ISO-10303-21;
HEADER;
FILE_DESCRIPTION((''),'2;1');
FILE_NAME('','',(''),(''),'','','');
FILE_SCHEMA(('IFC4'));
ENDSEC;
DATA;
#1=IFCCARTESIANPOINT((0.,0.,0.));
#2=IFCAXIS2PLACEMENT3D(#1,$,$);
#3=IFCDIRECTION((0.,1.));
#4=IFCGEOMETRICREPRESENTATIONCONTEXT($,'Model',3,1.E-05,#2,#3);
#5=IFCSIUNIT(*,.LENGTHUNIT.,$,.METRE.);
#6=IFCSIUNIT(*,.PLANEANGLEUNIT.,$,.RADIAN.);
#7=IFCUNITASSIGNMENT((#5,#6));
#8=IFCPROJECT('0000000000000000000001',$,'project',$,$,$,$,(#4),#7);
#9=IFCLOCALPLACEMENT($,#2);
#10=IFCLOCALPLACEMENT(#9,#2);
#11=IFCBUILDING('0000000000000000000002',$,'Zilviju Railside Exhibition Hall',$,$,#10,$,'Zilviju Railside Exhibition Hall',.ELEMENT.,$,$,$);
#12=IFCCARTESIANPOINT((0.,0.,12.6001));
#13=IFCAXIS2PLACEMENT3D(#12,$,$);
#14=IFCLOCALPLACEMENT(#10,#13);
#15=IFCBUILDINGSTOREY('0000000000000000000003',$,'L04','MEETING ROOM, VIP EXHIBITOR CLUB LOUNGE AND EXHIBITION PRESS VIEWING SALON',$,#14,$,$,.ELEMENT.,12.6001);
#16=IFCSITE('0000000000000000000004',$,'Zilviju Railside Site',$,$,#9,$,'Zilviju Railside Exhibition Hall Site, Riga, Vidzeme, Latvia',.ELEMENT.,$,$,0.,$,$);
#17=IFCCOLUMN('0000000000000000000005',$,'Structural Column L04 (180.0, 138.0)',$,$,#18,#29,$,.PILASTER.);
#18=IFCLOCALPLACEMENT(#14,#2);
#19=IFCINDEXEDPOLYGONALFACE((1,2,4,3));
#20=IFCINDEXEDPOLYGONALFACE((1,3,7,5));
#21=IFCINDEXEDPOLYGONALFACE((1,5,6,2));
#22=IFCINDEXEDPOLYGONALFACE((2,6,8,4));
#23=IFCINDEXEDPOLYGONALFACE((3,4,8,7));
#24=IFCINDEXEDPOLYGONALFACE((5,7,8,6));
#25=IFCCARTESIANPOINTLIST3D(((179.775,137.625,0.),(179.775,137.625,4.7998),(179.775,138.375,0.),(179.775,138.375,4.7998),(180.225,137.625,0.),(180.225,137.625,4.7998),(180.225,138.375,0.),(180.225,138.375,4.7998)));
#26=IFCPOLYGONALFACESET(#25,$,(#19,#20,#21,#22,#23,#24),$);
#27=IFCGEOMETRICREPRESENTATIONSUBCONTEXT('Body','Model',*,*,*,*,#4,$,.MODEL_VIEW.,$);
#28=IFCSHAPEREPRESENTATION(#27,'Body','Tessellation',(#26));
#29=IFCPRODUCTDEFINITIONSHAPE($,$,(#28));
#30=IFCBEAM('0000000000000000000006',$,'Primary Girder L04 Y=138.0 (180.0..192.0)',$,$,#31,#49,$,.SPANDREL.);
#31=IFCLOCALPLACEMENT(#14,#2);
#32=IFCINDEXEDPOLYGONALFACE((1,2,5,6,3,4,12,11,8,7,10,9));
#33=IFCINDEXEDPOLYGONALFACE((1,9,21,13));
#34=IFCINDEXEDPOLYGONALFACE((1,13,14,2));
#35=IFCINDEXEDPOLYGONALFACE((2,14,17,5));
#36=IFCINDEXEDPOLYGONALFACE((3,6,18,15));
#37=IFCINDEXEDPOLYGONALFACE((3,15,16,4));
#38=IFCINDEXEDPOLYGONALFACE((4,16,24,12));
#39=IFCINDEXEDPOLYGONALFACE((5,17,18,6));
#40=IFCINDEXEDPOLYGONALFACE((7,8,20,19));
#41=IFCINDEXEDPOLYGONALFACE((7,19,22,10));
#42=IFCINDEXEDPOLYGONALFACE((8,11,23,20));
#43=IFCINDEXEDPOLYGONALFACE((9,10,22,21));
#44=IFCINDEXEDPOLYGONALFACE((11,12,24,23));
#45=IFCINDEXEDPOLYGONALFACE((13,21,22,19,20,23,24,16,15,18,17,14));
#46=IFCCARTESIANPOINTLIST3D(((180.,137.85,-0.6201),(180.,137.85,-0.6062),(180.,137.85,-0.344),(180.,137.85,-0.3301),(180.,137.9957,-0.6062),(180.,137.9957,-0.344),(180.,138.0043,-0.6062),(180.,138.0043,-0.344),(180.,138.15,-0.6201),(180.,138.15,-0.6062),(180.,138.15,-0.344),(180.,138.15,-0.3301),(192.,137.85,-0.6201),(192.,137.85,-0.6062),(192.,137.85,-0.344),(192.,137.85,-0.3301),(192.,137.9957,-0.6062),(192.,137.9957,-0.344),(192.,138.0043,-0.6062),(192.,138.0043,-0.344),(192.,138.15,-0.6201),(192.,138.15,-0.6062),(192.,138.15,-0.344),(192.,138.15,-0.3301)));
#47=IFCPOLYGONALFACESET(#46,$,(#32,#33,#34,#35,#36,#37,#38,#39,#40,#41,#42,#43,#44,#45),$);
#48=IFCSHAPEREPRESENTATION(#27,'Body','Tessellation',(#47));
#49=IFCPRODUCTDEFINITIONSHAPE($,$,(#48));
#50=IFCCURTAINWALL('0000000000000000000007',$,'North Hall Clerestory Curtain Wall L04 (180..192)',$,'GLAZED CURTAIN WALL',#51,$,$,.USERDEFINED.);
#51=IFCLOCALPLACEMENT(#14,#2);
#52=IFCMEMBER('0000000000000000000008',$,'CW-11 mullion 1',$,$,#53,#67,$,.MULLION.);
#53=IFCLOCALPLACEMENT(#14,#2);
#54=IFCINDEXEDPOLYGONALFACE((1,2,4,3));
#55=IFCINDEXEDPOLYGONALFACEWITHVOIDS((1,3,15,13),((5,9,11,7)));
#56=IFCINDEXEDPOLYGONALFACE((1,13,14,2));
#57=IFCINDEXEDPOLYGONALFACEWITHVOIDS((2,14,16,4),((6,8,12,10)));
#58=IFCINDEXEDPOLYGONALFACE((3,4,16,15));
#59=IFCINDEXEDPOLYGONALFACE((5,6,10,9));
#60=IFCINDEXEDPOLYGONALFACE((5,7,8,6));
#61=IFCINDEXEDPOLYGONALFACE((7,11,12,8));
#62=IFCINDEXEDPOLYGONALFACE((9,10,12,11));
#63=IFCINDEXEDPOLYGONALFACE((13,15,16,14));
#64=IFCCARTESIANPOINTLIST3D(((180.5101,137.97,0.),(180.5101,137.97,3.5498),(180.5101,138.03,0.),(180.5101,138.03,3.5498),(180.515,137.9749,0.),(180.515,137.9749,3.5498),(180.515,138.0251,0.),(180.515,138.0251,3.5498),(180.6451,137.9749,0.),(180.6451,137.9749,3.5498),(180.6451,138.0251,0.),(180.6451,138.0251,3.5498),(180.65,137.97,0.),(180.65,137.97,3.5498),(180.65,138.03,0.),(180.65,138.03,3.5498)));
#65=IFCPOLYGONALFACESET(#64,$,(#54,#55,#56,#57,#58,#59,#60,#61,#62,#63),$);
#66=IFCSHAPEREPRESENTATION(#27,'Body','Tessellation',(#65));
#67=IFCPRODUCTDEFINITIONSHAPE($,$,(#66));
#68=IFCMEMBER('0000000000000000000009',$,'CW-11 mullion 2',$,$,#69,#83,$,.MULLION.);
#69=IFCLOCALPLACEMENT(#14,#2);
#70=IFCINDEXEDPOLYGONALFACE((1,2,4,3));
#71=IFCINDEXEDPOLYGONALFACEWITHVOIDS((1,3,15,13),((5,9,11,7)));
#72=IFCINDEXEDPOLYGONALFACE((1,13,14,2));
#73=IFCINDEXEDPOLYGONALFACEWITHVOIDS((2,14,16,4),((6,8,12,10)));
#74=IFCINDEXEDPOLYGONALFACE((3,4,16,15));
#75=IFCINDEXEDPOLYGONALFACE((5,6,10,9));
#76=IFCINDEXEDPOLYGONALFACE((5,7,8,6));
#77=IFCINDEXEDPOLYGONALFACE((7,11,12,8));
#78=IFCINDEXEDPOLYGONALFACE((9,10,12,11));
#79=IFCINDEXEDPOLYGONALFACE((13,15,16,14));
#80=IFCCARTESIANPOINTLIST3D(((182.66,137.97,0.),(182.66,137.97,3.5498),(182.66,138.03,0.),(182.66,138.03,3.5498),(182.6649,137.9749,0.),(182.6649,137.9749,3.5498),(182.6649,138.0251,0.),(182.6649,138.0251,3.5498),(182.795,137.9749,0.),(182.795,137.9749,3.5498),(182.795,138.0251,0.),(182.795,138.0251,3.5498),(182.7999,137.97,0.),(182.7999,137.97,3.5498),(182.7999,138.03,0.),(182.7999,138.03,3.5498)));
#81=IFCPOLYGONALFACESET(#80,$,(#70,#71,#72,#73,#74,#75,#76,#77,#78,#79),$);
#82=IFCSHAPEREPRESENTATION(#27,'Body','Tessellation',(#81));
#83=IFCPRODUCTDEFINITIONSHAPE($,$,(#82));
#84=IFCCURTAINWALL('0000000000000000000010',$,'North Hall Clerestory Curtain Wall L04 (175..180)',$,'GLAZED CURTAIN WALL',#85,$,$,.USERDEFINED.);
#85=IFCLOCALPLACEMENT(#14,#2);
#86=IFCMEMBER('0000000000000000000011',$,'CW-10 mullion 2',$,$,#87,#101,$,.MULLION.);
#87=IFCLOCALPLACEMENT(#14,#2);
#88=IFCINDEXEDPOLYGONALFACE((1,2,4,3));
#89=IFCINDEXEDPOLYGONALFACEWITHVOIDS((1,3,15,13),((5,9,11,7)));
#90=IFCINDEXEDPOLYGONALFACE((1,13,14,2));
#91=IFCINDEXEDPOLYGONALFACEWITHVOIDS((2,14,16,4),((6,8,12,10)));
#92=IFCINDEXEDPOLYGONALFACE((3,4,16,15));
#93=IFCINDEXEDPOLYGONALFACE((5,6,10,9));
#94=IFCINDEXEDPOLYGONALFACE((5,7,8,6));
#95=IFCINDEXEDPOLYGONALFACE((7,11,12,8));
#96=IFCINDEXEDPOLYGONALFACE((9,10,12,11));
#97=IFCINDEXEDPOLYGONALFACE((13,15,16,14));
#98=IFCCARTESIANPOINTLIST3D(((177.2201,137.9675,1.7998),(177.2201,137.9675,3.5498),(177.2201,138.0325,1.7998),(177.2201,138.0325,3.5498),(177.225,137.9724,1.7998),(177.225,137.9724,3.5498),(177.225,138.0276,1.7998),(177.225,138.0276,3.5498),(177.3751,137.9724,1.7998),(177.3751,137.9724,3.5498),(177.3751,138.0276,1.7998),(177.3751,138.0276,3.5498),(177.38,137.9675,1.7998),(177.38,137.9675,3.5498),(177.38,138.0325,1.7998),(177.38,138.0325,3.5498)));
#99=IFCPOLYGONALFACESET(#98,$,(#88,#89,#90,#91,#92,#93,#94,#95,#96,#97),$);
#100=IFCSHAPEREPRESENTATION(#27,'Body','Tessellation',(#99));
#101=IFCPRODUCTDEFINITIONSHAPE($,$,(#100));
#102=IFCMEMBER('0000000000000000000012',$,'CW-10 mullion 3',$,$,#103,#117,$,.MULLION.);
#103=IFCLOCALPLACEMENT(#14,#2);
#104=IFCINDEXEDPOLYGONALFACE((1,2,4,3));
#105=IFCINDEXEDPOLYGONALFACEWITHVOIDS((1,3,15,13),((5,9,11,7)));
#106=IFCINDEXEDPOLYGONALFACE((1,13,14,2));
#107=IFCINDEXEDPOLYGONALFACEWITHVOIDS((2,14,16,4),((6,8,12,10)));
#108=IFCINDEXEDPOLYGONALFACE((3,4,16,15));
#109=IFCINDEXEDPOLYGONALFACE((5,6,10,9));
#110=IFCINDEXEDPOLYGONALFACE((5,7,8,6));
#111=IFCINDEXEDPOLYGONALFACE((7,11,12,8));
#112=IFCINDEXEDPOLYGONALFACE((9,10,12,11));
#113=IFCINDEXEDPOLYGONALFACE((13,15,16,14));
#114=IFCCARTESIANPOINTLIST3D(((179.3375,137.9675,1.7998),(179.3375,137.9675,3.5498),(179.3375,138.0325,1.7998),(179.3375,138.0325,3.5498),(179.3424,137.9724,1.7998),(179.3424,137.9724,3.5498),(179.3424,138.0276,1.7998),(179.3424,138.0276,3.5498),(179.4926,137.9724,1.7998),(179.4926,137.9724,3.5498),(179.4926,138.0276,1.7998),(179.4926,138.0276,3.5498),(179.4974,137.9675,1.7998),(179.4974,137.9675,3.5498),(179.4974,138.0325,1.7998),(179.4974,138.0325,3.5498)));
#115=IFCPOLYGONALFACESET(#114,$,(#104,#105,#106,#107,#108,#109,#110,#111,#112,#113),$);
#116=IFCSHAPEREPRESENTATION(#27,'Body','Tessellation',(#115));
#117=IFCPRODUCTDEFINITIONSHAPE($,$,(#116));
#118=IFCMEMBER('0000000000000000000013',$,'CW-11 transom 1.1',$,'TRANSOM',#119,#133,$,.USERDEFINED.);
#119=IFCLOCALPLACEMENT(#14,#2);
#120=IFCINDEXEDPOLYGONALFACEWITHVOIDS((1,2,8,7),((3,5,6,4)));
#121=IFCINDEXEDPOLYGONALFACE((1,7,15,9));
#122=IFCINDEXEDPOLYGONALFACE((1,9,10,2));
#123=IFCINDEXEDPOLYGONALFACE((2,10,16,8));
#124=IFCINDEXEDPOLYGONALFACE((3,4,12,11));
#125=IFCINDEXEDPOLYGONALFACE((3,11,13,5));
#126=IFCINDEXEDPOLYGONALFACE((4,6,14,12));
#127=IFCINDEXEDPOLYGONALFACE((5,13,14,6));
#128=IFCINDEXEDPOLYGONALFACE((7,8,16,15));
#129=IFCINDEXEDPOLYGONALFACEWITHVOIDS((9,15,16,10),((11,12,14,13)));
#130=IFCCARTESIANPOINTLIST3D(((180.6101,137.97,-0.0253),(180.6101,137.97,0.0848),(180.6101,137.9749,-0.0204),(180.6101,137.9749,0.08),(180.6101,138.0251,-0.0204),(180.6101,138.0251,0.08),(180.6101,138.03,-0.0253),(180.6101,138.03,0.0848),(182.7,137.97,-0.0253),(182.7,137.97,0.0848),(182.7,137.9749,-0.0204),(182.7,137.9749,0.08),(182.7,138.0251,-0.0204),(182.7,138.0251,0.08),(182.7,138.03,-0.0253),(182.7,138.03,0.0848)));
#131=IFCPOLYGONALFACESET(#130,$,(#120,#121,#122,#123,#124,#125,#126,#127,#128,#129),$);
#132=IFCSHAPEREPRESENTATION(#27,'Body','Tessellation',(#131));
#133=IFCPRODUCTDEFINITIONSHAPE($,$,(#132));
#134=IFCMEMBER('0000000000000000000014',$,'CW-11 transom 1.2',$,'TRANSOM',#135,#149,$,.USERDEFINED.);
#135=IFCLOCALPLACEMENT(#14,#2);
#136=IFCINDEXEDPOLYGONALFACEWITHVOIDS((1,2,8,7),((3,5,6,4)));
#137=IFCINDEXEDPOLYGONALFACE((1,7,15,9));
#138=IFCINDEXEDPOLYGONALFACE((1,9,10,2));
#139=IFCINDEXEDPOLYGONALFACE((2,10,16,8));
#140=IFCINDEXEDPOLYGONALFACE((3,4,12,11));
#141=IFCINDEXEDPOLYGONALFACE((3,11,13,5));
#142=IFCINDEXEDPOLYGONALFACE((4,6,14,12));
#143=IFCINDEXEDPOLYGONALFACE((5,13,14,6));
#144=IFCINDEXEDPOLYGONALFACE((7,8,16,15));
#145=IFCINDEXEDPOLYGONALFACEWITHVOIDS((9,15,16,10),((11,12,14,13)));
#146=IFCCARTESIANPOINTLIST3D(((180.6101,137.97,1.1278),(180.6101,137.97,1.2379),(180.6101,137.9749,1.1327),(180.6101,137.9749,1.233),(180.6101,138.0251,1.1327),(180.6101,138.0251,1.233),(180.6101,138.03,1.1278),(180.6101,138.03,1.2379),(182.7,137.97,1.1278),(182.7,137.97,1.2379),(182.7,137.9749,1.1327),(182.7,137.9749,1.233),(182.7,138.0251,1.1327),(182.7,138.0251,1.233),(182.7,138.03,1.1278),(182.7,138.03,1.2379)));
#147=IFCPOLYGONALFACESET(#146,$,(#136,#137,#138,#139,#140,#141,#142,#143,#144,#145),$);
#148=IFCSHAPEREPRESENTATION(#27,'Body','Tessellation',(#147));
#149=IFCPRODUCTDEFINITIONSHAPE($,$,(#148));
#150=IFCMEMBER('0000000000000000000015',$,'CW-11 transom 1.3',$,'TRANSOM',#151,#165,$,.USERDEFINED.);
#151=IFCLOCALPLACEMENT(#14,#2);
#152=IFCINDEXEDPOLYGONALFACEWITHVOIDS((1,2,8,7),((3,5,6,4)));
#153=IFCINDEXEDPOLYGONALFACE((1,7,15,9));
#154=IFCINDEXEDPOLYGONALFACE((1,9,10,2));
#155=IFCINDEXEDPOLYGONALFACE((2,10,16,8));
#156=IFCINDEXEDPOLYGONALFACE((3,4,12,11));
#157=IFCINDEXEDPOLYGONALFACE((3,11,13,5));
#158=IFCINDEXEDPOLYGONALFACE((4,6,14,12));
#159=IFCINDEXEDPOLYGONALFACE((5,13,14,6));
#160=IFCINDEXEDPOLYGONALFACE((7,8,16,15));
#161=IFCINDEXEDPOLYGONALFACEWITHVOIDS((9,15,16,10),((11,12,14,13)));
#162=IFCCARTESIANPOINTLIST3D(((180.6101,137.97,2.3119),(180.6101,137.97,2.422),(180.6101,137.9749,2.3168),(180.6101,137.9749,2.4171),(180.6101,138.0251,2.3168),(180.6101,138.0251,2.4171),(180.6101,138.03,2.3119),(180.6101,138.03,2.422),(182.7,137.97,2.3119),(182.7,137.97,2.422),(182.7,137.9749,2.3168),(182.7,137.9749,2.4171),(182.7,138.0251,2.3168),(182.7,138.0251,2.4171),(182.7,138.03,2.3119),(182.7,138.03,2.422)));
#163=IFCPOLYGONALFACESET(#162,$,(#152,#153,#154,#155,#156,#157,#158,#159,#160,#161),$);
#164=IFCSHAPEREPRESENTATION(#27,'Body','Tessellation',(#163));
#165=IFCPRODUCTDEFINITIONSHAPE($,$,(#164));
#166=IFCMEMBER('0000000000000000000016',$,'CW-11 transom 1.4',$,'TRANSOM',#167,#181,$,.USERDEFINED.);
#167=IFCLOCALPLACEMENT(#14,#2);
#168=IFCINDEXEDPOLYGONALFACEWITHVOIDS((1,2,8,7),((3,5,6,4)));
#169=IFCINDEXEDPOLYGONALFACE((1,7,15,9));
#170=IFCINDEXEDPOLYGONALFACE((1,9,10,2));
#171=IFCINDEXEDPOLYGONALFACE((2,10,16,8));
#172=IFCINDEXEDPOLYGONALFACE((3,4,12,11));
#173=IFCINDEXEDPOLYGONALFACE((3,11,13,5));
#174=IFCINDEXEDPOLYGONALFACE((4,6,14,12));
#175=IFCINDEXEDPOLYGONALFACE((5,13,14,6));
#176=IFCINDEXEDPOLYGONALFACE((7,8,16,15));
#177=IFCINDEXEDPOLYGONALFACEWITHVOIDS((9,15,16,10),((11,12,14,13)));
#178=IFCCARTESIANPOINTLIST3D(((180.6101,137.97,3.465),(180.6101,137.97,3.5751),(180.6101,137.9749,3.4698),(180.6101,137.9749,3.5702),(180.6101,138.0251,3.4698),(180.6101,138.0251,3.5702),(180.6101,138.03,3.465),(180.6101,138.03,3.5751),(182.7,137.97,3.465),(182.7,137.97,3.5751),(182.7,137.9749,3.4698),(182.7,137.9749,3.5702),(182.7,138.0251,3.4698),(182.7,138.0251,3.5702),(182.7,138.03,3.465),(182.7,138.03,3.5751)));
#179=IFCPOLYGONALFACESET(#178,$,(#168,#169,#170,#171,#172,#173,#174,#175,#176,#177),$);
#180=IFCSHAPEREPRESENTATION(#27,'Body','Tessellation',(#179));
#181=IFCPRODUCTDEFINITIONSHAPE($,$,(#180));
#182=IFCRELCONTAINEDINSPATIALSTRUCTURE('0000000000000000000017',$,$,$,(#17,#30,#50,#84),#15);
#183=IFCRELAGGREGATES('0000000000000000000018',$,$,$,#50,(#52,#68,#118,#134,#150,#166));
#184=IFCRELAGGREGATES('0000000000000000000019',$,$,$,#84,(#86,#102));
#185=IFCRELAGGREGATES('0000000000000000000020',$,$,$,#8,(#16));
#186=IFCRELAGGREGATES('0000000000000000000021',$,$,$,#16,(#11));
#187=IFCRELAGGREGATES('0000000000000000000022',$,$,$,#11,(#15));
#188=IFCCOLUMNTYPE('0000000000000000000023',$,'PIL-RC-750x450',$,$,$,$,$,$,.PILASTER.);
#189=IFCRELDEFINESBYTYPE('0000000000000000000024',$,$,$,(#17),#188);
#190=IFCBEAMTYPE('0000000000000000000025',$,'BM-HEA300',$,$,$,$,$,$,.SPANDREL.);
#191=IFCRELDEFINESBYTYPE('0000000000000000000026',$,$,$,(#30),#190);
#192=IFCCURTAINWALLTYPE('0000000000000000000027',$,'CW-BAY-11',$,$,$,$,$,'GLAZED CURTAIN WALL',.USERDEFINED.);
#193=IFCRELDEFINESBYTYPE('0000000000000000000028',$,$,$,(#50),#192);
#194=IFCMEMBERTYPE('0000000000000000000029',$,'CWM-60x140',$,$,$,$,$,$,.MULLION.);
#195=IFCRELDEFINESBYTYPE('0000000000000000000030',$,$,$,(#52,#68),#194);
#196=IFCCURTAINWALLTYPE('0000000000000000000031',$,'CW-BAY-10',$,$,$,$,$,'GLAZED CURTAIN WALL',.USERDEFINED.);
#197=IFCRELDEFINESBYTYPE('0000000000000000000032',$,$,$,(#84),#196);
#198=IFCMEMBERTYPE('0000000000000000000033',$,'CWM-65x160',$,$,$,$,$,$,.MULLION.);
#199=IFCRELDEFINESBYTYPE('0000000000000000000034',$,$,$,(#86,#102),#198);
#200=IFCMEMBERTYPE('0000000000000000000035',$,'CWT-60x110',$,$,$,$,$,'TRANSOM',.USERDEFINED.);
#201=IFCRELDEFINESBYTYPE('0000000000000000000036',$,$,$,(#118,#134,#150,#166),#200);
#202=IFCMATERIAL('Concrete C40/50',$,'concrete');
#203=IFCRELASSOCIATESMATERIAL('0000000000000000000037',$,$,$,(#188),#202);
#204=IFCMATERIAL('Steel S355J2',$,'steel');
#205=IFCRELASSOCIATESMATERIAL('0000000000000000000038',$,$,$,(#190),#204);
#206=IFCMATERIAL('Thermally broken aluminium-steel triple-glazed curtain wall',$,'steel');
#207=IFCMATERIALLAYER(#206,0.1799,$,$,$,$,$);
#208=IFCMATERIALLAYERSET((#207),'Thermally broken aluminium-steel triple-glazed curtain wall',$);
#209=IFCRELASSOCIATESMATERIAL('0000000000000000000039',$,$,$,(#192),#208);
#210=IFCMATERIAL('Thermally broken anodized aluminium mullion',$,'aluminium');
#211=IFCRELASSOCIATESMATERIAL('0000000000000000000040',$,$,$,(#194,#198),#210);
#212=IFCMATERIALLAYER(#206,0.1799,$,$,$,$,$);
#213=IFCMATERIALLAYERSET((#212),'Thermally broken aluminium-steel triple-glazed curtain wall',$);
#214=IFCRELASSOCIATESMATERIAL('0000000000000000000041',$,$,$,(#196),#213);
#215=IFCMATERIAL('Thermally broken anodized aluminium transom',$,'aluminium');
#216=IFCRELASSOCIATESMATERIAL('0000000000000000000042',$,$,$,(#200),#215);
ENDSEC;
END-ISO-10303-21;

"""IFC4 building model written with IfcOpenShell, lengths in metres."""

from ifc_helpers import new_model, si_unit, direction, frame, origin, origin_2d, place, context, subcontext, project, spatial, rectangle, hollow_rectangle, i_section, extrude, material, layer, layer_set, material_profile, profile_set, type_object, element, aggregate, save


model = new_model("IFC4")

# Units and contexts
model_context = context("Model", 3, precision=1e-05, world=origin(), true_north=direction((0.0, 1.0)))
body_context = subcontext(model_context, "Body", "Model", "MODEL_VIEW")
ifc_project = project(units=[si_unit("LENGTHUNIT", "METRE"), si_unit("PLANEANGLEUNIT", "RADIAN")], contexts=[model_context])

# Site, building, storey
site_placement = place(None, origin())
site = spatial("IfcSite", under=ifc_project, at=site_placement, Name="Zilviju Railside Site", LongName="Zilviju Railside Exhibition Hall Site, Riga, Vidzeme, Latvia", CompositionType="ELEMENT", RefElevation=0.0)
building_placement = place(site_placement, origin())
building = spatial("IfcBuilding", under=site, at=building_placement, Name="Zilviju Railside Exhibition Hall", LongName="Zilviju Railside Exhibition Hall", CompositionType="ELEMENT")
storey_placement = place(building_placement, frame((0.0, 0.0, 12.6001)))
storey = spatial("IfcBuildingStorey", under=building, at=storey_placement, Name="L04", Description="MEETING ROOM, VIP EXHIBITOR CLUB LOUNGE AND EXHIBITION PRESS VIEWING SALON", CompositionType="ELEMENT", Elevation=12.6001)

# Column
ifc_material_1 = material(Name="Concrete C40/50", Category="concrete")
ifc_material_profile_1 = material_profile(ifc_material_1, rectangle(XDim=0.45, YDim=0.75, at=origin_2d()), Name="RC COL 450x750")
ifc_profile_set_1 = profile_set([ifc_material_profile_1], Name="Concrete C40/50")
column_type = type_object("IfcColumnType", Name="PIL-RC-750x450", PredefinedType="PILASTER", material=ifc_profile_set_1)
column_placement = place(storey_placement, frame((180.0, 138.0, 0.0), z_axis=(0.0, 0.0, 1.0), x_axis=(1.0, 0.0, 0.0)))
element("IfcColumn", 1, at=column_placement, inside=storey, type_object=column_type, Name="Structural Column L04 (180.0, 138.0)", PredefinedType="PILASTER", context=body_context, shape_type="SweptSolid", body=[
    extrude(rectangle(XDim=0.45, YDim=0.75, at=origin_2d()), origin(), (0.0, 0.0, 1.0), 4.7998),
])

# Beam
ifc_material_2 = material(Name="Steel S355J2", Category="steel")
ifc_material_profile_2 = material_profile(ifc_material_2, i_section(OverallWidth=0.3, OverallDepth=0.29, WebThickness=0.0085, FlangeThickness=0.0139, at=origin_2d()), Name="HEA 300")
ifc_profile_set_2 = profile_set([ifc_material_profile_2], Name="Steel S355J2")
beam_type = type_object("IfcBeamType", Name="BM-HEA300", PredefinedType="SPANDREL", material=ifc_profile_set_2)
beam_placement = place(storey_placement, frame((180.0, 138.0, -0.4751), z_axis=(1.0, 0.0, 0.0), x_axis=(0.0, 1.0, 0.0)))
element("IfcBeam", 2, at=beam_placement, inside=storey, type_object=beam_type, Name="Primary Girder L04 Y=138.0 (180.0..192.0)", PredefinedType="SPANDREL", context=body_context, shape_type="SweptSolid", body=[
    extrude(i_section(OverallWidth=0.3, OverallDepth=0.29, WebThickness=0.0085, FlangeThickness=0.0139, at=origin_2d()), origin(), (0.0, 0.0, 1.0), 12.0),
])

# Curtain walls, members
ifc_material_3 = material(Name="Thermally broken aluminium-steel triple-glazed curtain wall", Category="steel")
ifc_layer_1 = layer(ifc_material_3, 0.1799)
ifc_layer_set_1 = layer_set([ifc_layer_1], Name="Thermally broken aluminium-steel triple-glazed curtain wall")
curtain_wall_type_1 = type_object("IfcCurtainWallType", Name="CW-BAY-11", ElementType="GLAZED CURTAIN WALL", PredefinedType="USERDEFINED", material=ifc_layer_set_1)
curtain_wall_1_placement = place(storey_placement, origin())
curtain_wall_1 = element("IfcCurtainWall", 3, at=curtain_wall_1_placement, inside=storey, type_object=curtain_wall_type_1, Name="North Hall Clerestory Curtain Wall L04 (180..192)", ObjectType="GLAZED CURTAIN WALL", PredefinedType="USERDEFINED")
ifc_material_4 = material(Name="Thermally broken anodized aluminium mullion", Category="aluminium")
ifc_material_profile_3 = material_profile(ifc_material_4, hollow_rectangle(XDim=0.0601, YDim=0.1399, WallThickness=0.0049, at=origin_2d()), Name="MULLION 140x60x5")
ifc_profile_set_3 = profile_set([ifc_material_profile_3], Name="Thermally broken anodized aluminium mullion")
member_type_1 = type_object("IfcMemberType", Name="CWM-60x140", PredefinedType="MULLION", material=ifc_profile_set_3)
member_1_placement = place(storey_placement, frame((180.5801, 138.0, 0.0), z_axis=(0.0, 0.0, 1.0), x_axis=(0.0, 1.0, 0.0)))
member_1 = element("IfcMember", 4, at=member_1_placement, type_object=member_type_1, Name="CW-11 mullion 1", PredefinedType="MULLION", context=body_context, shape_type="SweptSolid", body=[
    extrude(hollow_rectangle(XDim=0.0601, YDim=0.1399, WallThickness=0.0049, at=origin_2d()), origin(), (0.0, 0.0, 1.0), 3.5498),
])
member_2_placement = place(storey_placement, frame((182.73, 138.0, 0.0), z_axis=(0.0, 0.0, 1.0), x_axis=(0.0, 1.0, 0.0)))
member_2 = element("IfcMember", 5, at=member_2_placement, type_object=member_type_1, Name="CW-11 mullion 2", PredefinedType="MULLION", context=body_context, shape_type="SweptSolid", body=[
    extrude(hollow_rectangle(XDim=0.0601, YDim=0.1399, WallThickness=0.0049, at=origin_2d()), origin(), (0.0, 0.0, 1.0), 3.5498),
])
ifc_layer_2 = layer(ifc_material_3, 0.1799)
ifc_layer_set_2 = layer_set([ifc_layer_2], Name="Thermally broken aluminium-steel triple-glazed curtain wall")
curtain_wall_type_2 = type_object("IfcCurtainWallType", Name="CW-BAY-10", ElementType="GLAZED CURTAIN WALL", PredefinedType="USERDEFINED", material=ifc_layer_set_2)
curtain_wall_2_placement = place(storey_placement, origin())
curtain_wall_2 = element("IfcCurtainWall", 6, at=curtain_wall_2_placement, inside=storey, type_object=curtain_wall_type_2, Name="North Hall Clerestory Curtain Wall L04 (175..180)", ObjectType="GLAZED CURTAIN WALL", PredefinedType="USERDEFINED")
ifc_material_profile_4 = material_profile(ifc_material_4, hollow_rectangle(XDim=0.0649, YDim=0.1599, WallThickness=0.0049, at=origin_2d()), Name="MULLION 160x65x5")
ifc_profile_set_4 = profile_set([ifc_material_profile_4], Name="Thermally broken anodized aluminium mullion")
member_type_2 = type_object("IfcMemberType", Name="CWM-65x160", PredefinedType="MULLION", material=ifc_profile_set_4)
member_3_placement = place(storey_placement, frame((177.3, 138.0, 1.7998), z_axis=(0.0, 0.0, 1.0), x_axis=(0.0, 1.0, 0.0)))
member_3 = element("IfcMember", 7, at=member_3_placement, type_object=member_type_2, Name="CW-10 mullion 2", PredefinedType="MULLION", context=body_context, shape_type="SweptSolid", body=[
    extrude(hollow_rectangle(XDim=0.0649, YDim=0.1599, WallThickness=0.0049, at=origin_2d()), origin(), (0.0, 0.0, 1.0), 1.75),
])
member_4_placement = place(storey_placement, frame((179.4175, 138.0, 1.7998), z_axis=(0.0, 0.0, 1.0), x_axis=(0.0, 1.0, 0.0)))
member_4 = element("IfcMember", 8, at=member_4_placement, type_object=member_type_2, Name="CW-10 mullion 3", PredefinedType="MULLION", context=body_context, shape_type="SweptSolid", body=[
    extrude(hollow_rectangle(XDim=0.0649, YDim=0.1599, WallThickness=0.0049, at=origin_2d()), origin(), (0.0, 0.0, 1.0), 1.75),
])

# Members
ifc_material_5 = material(Name="Thermally broken anodized aluminium transom", Category="aluminium")
ifc_material_profile_5 = material_profile(ifc_material_5, hollow_rectangle(XDim=0.0601, YDim=0.1101, WallThickness=0.0049, at=origin_2d()), Name="TRANSOM 110x60x5")
ifc_profile_set_5 = profile_set([ifc_material_profile_5], Name="Thermally broken anodized aluminium transom")
member_type_3 = type_object("IfcMemberType", Name="CWT-60x110", ElementType="TRANSOM", PredefinedType="USERDEFINED", material=ifc_profile_set_5)
member_5_placement = place(storey_placement, frame((180.6101, 138.0, 0.0298), z_axis=(1.0, 0.0, 0.0), x_axis=(0.0, 1.0, 0.0)))
member_5 = element("IfcMember", 9, at=member_5_placement, type_object=member_type_3, Name="CW-11 transom 1.1", ObjectType="TRANSOM", PredefinedType="USERDEFINED", context=body_context, shape_type="SweptSolid", body=[
    extrude(hollow_rectangle(XDim=0.0601, YDim=0.1101, WallThickness=0.0049, at=origin_2d()), origin(), (0.0, 0.0, 1.0), 2.0898),
])
member_6_placement = place(storey_placement, frame((180.6101, 138.0, 1.1829), z_axis=(1.0, 0.0, 0.0), x_axis=(0.0, 1.0, 0.0)))
member_6 = element("IfcMember", 10, at=member_6_placement, type_object=member_type_3, Name="CW-11 transom 1.2", ObjectType="TRANSOM", PredefinedType="USERDEFINED", context=body_context, shape_type="SweptSolid", body=[
    extrude(hollow_rectangle(XDim=0.0601, YDim=0.1101, WallThickness=0.0049, at=origin_2d()), origin(), (0.0, 0.0, 1.0), 2.0898),
])
member_7_placement = place(storey_placement, frame((180.6101, 138.0, 2.3669), z_axis=(1.0, 0.0, 0.0), x_axis=(0.0, 1.0, 0.0)))
member_7 = element("IfcMember", 11, at=member_7_placement, type_object=member_type_3, Name="CW-11 transom 1.3", ObjectType="TRANSOM", PredefinedType="USERDEFINED", context=body_context, shape_type="SweptSolid", body=[
    extrude(hollow_rectangle(XDim=0.0601, YDim=0.1101, WallThickness=0.0049, at=origin_2d()), origin(), (0.0, 0.0, 1.0), 2.0898),
])
member_8_placement = place(storey_placement, frame((180.6101, 138.0, 3.52), z_axis=(1.0, 0.0, 0.0), x_axis=(0.0, 1.0, 0.0)))
member_8 = element("IfcMember", 12, at=member_8_placement, type_object=member_type_3, Name="CW-11 transom 1.4", ObjectType="TRANSOM", PredefinedType="USERDEFINED", context=body_context, shape_type="SweptSolid", body=[
    extrude(hollow_rectangle(XDim=0.0601, YDim=0.1101, WallThickness=0.0049, at=origin_2d()), origin(), (0.0, 0.0, 1.0), 2.0898),
])

aggregate(curtain_wall_1, [member_1, member_2, member_5, member_6, member_7, member_8])
aggregate(curtain_wall_2, [member_3, member_4])

save(model, "model.ifc")
